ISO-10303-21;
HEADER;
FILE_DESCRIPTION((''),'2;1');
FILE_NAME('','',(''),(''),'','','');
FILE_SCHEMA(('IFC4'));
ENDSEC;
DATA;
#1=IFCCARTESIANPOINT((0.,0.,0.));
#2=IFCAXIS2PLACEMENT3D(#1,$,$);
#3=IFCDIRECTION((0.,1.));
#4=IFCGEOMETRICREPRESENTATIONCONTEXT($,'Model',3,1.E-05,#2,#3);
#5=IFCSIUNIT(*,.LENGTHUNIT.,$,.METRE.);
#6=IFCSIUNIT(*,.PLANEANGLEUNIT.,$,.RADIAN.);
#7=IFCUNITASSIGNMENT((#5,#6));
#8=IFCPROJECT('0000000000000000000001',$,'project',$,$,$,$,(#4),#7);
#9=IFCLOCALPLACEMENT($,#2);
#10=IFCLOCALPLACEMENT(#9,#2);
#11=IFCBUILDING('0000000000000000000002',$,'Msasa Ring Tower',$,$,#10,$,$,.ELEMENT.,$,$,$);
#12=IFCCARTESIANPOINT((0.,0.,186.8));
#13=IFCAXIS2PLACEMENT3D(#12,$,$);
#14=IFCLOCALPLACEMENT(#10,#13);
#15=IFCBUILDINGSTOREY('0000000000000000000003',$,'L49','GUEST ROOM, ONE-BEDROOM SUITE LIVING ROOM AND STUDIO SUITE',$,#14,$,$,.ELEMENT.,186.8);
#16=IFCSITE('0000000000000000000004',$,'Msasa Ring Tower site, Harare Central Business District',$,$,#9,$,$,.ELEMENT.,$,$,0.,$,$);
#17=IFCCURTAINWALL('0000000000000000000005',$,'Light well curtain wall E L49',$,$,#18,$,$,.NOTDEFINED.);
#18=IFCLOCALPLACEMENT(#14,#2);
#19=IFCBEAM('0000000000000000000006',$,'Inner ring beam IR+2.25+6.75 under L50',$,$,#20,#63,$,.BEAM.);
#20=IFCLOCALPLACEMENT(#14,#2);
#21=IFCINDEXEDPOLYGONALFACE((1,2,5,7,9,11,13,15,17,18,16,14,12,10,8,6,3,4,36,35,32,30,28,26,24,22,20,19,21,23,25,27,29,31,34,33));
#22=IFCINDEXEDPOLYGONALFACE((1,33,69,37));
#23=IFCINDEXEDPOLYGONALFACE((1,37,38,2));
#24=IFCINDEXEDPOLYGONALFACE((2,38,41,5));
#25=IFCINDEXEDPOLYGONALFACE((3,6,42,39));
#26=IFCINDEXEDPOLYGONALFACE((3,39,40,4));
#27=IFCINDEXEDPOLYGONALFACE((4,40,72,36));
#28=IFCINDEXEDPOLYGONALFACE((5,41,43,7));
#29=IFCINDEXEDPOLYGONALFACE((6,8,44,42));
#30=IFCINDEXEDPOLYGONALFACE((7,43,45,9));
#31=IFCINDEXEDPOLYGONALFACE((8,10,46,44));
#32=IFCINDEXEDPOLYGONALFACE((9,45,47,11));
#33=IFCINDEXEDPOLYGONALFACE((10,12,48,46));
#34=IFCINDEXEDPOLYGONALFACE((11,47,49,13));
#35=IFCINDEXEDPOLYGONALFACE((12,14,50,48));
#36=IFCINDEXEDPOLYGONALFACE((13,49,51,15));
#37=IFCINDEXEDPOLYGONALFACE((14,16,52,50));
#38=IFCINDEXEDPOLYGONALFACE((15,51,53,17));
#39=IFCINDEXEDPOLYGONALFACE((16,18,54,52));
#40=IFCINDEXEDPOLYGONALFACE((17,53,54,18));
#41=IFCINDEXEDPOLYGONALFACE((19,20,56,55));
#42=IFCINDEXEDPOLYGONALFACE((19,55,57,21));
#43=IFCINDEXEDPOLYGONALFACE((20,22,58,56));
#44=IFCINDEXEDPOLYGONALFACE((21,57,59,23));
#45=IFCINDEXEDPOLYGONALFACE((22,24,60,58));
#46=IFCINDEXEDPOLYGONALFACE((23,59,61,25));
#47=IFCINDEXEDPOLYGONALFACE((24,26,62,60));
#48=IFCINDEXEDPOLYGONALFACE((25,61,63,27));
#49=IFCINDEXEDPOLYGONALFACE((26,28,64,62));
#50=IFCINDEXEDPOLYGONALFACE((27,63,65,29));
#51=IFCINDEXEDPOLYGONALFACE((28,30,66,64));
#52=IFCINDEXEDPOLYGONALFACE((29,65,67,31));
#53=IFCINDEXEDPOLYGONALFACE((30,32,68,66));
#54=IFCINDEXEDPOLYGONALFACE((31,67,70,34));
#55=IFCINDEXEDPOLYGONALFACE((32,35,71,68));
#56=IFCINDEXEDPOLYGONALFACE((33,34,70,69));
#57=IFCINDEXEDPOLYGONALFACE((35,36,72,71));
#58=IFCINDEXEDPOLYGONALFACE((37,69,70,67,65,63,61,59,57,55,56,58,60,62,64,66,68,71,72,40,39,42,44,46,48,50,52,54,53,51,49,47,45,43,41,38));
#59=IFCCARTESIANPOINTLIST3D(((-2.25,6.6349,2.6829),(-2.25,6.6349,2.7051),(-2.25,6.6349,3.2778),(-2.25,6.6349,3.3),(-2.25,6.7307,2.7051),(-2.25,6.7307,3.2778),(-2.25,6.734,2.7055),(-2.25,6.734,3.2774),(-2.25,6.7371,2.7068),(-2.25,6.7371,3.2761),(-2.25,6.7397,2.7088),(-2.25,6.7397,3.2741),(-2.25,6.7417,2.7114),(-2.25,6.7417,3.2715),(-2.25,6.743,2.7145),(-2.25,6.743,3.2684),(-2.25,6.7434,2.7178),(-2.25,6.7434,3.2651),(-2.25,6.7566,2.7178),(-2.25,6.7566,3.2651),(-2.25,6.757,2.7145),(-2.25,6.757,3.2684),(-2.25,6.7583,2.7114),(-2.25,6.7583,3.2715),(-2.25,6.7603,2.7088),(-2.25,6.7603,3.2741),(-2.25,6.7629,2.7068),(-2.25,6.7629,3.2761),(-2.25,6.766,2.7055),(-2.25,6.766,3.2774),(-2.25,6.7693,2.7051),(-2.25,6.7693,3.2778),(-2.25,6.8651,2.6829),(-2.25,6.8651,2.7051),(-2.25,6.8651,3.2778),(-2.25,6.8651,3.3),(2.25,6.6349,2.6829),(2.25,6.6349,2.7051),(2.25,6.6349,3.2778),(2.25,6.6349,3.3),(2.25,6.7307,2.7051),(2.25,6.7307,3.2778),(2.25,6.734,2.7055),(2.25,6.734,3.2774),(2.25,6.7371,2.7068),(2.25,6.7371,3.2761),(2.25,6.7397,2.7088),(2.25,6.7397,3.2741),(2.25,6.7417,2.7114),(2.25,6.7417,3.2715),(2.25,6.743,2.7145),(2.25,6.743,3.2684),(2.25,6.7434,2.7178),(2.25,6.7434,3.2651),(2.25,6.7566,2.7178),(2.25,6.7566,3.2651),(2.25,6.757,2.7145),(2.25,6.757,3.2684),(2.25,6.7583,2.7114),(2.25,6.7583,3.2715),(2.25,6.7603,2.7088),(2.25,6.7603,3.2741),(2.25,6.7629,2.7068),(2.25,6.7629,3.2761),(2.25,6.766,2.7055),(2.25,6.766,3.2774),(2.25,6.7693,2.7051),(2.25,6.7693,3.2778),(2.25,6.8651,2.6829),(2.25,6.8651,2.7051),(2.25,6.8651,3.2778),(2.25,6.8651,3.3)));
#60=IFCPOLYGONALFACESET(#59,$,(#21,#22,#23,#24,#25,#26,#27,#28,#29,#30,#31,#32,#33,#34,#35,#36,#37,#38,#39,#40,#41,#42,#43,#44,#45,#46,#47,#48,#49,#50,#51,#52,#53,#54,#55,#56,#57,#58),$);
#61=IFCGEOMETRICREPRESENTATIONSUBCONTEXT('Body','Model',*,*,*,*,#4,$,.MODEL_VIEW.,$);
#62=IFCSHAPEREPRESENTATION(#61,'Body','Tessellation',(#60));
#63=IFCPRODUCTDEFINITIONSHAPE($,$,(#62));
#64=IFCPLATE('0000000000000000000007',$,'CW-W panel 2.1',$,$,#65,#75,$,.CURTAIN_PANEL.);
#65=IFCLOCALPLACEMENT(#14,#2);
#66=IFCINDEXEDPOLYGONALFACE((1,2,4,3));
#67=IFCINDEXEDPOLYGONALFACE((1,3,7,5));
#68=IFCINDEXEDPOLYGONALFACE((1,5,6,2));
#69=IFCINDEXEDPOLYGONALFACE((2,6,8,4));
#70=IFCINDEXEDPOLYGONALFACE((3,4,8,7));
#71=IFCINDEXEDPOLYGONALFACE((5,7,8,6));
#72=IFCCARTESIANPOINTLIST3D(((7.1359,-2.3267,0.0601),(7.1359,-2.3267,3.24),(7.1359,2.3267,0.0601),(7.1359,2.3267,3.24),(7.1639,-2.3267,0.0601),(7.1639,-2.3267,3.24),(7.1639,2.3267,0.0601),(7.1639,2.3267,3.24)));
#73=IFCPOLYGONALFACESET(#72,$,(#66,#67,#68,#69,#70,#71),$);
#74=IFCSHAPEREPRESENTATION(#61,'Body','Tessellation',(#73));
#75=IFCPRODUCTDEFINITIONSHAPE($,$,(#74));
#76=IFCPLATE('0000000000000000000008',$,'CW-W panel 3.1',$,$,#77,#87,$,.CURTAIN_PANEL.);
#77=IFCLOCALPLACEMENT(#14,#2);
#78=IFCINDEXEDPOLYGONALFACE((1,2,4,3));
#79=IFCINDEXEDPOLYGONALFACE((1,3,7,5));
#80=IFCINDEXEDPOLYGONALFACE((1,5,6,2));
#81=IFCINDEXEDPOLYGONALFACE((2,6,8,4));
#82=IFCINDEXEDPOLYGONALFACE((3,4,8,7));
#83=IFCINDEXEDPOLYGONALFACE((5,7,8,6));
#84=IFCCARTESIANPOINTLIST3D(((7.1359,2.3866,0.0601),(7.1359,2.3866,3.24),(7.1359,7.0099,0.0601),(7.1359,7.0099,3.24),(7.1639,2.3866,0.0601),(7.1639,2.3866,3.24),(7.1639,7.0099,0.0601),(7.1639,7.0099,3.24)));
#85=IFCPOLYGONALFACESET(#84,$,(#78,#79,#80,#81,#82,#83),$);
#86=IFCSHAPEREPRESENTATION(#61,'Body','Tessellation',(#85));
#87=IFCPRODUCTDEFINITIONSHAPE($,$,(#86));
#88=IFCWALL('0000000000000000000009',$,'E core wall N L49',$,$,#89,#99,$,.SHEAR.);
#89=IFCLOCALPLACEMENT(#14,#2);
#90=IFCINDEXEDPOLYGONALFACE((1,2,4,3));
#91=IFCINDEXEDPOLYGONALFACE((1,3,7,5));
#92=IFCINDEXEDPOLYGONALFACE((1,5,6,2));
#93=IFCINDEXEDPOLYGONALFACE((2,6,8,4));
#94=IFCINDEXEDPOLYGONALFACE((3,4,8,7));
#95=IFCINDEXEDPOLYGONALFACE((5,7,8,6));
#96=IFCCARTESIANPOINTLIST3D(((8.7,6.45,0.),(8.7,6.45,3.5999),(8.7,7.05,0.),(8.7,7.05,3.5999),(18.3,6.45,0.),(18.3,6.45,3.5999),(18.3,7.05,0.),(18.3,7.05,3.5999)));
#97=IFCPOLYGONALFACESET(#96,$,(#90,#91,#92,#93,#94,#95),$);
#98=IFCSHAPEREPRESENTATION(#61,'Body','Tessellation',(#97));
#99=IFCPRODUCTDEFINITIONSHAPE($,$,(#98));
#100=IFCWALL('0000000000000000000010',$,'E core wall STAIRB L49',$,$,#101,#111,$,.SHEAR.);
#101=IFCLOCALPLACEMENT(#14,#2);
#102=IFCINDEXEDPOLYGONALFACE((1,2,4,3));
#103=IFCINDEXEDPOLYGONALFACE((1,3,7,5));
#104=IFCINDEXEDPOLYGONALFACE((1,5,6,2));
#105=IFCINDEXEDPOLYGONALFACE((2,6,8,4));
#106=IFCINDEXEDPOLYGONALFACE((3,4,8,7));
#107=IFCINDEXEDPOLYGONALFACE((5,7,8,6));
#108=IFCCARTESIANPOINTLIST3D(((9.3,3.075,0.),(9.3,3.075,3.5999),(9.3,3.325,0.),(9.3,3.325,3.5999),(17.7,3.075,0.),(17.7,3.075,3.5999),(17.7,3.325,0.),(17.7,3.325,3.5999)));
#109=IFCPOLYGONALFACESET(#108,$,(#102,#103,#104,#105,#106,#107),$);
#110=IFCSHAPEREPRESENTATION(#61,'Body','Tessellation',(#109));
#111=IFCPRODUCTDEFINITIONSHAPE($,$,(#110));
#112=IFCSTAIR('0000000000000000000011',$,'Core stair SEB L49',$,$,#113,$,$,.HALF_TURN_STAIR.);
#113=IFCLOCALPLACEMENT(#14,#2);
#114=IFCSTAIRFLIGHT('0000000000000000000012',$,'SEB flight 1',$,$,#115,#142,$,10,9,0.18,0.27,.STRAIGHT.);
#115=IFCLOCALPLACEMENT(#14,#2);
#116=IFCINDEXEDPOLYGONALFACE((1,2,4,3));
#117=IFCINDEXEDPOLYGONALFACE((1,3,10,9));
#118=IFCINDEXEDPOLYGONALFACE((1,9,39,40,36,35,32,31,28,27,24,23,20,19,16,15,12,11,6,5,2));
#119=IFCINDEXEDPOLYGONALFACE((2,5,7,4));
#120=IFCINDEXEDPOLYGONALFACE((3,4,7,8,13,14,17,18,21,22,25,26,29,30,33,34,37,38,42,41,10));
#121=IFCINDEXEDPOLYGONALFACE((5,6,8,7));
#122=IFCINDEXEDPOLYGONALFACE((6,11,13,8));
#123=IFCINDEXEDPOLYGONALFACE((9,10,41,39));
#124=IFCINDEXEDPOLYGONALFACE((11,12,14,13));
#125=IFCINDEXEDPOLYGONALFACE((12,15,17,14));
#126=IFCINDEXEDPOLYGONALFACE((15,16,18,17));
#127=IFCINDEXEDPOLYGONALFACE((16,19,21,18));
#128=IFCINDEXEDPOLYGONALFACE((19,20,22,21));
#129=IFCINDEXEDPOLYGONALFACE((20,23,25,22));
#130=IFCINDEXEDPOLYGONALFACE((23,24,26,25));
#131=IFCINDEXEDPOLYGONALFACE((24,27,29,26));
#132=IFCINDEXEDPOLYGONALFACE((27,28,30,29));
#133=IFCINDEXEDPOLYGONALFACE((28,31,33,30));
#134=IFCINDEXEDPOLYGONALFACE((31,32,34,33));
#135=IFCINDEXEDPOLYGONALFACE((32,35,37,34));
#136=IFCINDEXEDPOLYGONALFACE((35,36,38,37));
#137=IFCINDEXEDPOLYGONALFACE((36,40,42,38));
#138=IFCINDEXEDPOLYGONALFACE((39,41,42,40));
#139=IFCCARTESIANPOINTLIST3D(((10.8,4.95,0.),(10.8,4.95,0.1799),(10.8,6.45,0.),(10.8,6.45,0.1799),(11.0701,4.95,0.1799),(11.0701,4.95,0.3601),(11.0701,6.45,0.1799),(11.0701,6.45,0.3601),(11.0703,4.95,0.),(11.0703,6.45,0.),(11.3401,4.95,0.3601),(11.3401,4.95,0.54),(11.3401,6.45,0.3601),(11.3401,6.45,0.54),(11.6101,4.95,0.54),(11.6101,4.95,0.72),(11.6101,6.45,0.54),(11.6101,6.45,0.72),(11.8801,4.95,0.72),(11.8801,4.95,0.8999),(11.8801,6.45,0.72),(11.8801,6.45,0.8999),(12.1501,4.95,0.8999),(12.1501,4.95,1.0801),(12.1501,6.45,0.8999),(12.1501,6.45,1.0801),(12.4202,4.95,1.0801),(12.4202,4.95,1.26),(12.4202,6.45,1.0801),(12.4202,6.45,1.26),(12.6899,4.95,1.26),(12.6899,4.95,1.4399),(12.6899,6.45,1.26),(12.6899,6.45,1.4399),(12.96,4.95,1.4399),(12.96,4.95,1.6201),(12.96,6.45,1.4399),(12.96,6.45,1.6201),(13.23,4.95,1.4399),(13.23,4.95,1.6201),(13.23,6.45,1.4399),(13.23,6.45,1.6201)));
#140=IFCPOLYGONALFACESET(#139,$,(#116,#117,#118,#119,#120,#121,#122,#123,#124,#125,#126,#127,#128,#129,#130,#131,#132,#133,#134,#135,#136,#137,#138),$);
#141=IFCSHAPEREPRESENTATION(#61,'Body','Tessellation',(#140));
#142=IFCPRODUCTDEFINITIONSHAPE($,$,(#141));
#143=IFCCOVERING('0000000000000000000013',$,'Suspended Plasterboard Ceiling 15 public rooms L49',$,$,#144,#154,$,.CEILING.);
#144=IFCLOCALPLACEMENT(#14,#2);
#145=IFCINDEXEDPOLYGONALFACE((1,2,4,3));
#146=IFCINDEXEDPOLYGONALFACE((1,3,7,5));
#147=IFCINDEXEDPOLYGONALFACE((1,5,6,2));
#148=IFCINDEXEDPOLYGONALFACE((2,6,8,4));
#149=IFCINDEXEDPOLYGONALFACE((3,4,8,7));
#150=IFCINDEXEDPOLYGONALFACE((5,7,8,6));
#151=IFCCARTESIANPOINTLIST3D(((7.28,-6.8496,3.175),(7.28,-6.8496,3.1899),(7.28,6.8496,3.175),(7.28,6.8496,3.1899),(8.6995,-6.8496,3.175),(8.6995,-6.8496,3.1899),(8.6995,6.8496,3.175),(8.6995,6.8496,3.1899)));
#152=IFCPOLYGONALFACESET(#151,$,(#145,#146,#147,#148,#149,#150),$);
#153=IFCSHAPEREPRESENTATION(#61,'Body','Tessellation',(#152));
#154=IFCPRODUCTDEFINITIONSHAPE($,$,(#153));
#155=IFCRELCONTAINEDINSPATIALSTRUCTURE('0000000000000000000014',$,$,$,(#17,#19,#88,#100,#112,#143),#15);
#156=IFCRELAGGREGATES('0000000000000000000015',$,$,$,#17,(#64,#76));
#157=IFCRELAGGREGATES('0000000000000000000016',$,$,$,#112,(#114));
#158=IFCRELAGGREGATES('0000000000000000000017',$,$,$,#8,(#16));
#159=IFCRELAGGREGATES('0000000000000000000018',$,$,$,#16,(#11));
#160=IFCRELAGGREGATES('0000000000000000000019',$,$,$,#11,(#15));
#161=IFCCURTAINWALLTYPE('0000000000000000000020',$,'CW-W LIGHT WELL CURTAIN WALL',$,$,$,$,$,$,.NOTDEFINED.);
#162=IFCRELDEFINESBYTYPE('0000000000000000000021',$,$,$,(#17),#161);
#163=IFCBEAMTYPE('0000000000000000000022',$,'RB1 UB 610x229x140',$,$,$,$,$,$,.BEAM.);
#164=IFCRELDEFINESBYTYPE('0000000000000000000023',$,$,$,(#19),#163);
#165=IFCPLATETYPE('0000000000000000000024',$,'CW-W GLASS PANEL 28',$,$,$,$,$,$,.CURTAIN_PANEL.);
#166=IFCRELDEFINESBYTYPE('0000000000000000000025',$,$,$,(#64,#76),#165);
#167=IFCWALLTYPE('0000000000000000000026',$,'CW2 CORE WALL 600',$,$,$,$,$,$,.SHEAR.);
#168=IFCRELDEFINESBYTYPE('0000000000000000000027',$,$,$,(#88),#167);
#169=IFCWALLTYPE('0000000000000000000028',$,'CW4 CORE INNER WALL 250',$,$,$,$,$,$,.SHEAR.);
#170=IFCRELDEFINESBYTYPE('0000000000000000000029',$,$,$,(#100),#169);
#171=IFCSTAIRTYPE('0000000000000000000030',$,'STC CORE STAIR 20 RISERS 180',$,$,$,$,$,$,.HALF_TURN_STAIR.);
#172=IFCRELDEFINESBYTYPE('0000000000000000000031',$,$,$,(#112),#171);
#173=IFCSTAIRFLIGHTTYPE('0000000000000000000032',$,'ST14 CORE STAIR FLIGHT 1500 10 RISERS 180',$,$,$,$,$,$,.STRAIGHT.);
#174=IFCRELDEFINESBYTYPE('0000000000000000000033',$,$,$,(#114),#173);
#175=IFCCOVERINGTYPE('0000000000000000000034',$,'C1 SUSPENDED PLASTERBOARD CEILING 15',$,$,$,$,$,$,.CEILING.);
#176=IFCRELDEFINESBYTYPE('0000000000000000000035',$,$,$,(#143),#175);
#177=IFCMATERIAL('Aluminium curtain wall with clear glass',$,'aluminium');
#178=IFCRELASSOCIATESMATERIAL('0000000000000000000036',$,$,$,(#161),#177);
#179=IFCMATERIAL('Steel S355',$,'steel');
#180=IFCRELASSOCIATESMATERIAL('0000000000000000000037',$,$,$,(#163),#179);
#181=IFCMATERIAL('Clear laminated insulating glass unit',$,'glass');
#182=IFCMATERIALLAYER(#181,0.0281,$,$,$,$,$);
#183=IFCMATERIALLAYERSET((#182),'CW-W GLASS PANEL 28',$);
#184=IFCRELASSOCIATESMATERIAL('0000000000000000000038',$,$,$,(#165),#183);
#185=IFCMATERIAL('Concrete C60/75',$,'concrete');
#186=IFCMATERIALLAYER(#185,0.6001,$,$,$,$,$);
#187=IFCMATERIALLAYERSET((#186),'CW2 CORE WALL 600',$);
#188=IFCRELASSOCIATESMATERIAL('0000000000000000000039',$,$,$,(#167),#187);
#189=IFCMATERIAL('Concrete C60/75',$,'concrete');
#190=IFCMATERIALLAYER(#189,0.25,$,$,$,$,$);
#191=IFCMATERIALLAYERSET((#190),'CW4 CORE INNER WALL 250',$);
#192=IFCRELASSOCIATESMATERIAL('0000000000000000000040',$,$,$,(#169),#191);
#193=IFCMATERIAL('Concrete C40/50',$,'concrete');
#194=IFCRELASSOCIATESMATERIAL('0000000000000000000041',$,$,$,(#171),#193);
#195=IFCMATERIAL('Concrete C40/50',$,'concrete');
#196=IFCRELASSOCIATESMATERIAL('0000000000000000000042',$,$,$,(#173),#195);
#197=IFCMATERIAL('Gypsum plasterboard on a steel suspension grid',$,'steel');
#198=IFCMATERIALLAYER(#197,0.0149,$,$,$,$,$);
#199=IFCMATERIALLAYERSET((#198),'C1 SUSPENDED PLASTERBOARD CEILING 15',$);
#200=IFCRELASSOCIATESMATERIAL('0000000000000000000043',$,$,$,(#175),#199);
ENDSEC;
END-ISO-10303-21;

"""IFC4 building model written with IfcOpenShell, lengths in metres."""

from ifc_helpers import new_model, si_unit, direction, frame, frame_2d, origin, origin_2d, place, context, subcontext, project, spatial, polyline, line, indexed_curve, rectangle, i_section, outline, extrude, material, layer, layer_set, material_profile, profile_set, type_object, element, aggregate, save


model = new_model("IFC4")

# Units and contexts
model_context = context("Model", 3, precision=1e-05, world=origin(), true_north=direction((0.0, 1.0)))
body_context = subcontext(model_context, "Body", "Model", "MODEL_VIEW")
ifc_project = project(units=[si_unit("LENGTHUNIT", "METRE"), si_unit("PLANEANGLEUNIT", "RADIAN")], contexts=[model_context])

# Site, building, storey
site_placement = place(None, origin())
site = spatial("IfcSite", under=ifc_project, at=site_placement, Name="Msasa Ring Tower site, Harare Central Business District", CompositionType="ELEMENT", RefElevation=0.0)
building_placement = place(site_placement, origin())
building = spatial("IfcBuilding", under=site, at=building_placement, Name="Msasa Ring Tower", CompositionType="ELEMENT")
storey_placement = place(building_placement, frame((0.0, 0.0, 186.8)))
storey = spatial("IfcBuildingStorey", under=building, at=storey_placement, Name="L49", Description="GUEST ROOM, ONE-BEDROOM SUITE LIVING ROOM AND STUDIO SUITE", CompositionType="ELEMENT", Elevation=186.8)

# Curtain wall
ifc_material_1 = material(Name="Aluminium curtain wall with clear glass", Category="aluminium")
curtain_wall_type = type_object("IfcCurtainWallType", Name="CW-W LIGHT WELL CURTAIN WALL", PredefinedType="NOTDEFINED", material=ifc_material_1)
curtain_wall_placement = place(storey_placement, origin())
curtain_wall = element("IfcCurtainWall", 1, at=curtain_wall_placement, inside=storey, type_object=curtain_wall_type, Name="Light well curtain wall E L49", PredefinedType="NOTDEFINED")

# Beam
ifc_material_2 = material(Name="Steel S355", Category="steel")
ifc_material_profile_1 = material_profile(ifc_material_2, i_section(OverallWidth=0.2302, OverallDepth=0.6172, WebThickness=0.0132, FlangeThickness=0.0222, FilletRadius=0.0127, at=origin_2d()), Name="UB 610x229x140")
ifc_profile_set_1 = profile_set([ifc_material_profile_1], Name="Steel S355")
beam_type = type_object("IfcBeamType", Name="RB1 UB 610x229x140", PredefinedType="BEAM", material=ifc_profile_set_1)
for number, where, z_axis, x_axis, name in (
    (2, (2.25, 6.75, 2.9915), (-1.0, 0.0, 0.0), (0.0, -1.0, 0.0), "Inner ring beam IR+2.25+6.75 under L50"),
):
    element("IfcBeam", number, at=place(storey_placement, frame(where, z_axis=z_axis, x_axis=x_axis)), inside=storey, type_object=beam_type, Name=name, PredefinedType="BEAM", context=body_context, shape_type="SweptSolid", body=[
        extrude(i_section(OverallWidth=0.2302, OverallDepth=0.6172, WebThickness=0.0132, FlangeThickness=0.0222, FilletRadius=0.0127, at=origin_2d()), origin(), (0.0, 0.0, 1.0), 4.5),
    ])

# Plates
ifc_material_3 = material(Name="Clear laminated insulating glass unit", Category="glass")
ifc_layer_1 = layer(ifc_material_3, 0.0281)
ifc_layer_set_1 = layer_set([ifc_layer_1], Name="CW-W GLASS PANEL 28")
plate_type = type_object("IfcPlateType", Name="CW-W GLASS PANEL 28", PredefinedType="CURTAIN_PANEL", material=ifc_layer_set_1)
plate_1_placement = place(storey_placement, frame((7.1499, 0.0, 0.0601), z_axis=(0.0, 0.0, 1.0), x_axis=(0.0, 1.0, 0.0)))
plate_1 = element("IfcPlate", 3, at=plate_1_placement, type_object=plate_type, Name="CW-W panel 2.1", PredefinedType="CURTAIN_PANEL", context=body_context, shape_type="SweptSolid", body=[
    extrude(rectangle(XDim=4.6533, YDim=0.0281, at=origin_2d()), origin(), (0.0, 0.0, 1.0), 3.1799),
])
plate_2_placement = place(storey_placement, frame((7.1499, 4.6982, 0.0601), z_axis=(0.0, 0.0, 1.0), x_axis=(0.0, 1.0, 0.0)))
plate_2 = element("IfcPlate", 4, at=plate_2_placement, type_object=plate_type, Name="CW-W panel 3.1", PredefinedType="CURTAIN_PANEL", context=body_context, shape_type="SweptSolid", body=[
    extrude(rectangle(XDim=4.6233, YDim=0.0281, at=origin_2d()), origin(), (0.0, 0.0, 1.0), 3.1799),
])
aggregate(curtain_wall, [plate_1, plate_2])

# Walls
ifc_material_4 = material(Name="Concrete C60/75", Category="concrete")
ifc_layer_2 = layer(ifc_material_4, 0.6001)
ifc_layer_set_2 = layer_set([ifc_layer_2], Name="CW2 CORE WALL 600")
wall_type_1 = type_object("IfcWallType", Name="CW2 CORE WALL 600", PredefinedType="SHEAR", material=ifc_layer_set_2)
wall_1_placement = place(storey_placement, frame((8.7, 6.75, 0.0), z_axis=(0.0, 0.0, 1.0), x_axis=(1.0, 0.0, 0.0)))
element("IfcWall", 5, at=wall_1_placement, inside=storey, type_object=wall_type_1, Name="E core wall N L49", PredefinedType="SHEAR", context=body_context, shape_type="SweptSolid", body=[
    extrude(rectangle(XDim=9.6001, YDim=0.6001, at=frame_2d((4.8, 0.0))), origin(), (0.0, 0.0, 1.0), 3.5999),
])
ifc_material_5 = material(Name="Concrete C60/75", Category="concrete")
ifc_layer_3 = layer(ifc_material_5, 0.25)
ifc_layer_set_3 = layer_set([ifc_layer_3], Name="CW4 CORE INNER WALL 250")
wall_type_2 = type_object("IfcWallType", Name="CW4 CORE INNER WALL 250", PredefinedType="SHEAR", material=ifc_layer_set_3)
wall_2_placement = place(storey_placement, frame((9.3, 3.2, 0.0), z_axis=(0.0, 0.0, 1.0), x_axis=(1.0, 0.0, 0.0)))
element("IfcWall", 6, at=wall_2_placement, inside=storey, type_object=wall_type_2, Name="E core wall STAIRB L49", PredefinedType="SHEAR", context=body_context, shape_type="SweptSolid", body=[
    extrude(rectangle(XDim=8.3999, YDim=0.25, at=frame_2d((4.2, 0.0))), origin(), (0.0, 0.0, 1.0), 3.5999),
])

# Stair, stair flight
ifc_material_6 = material(Name="Concrete C40/50", Category="concrete")
stair_type = type_object("IfcStairType", Name="STC CORE STAIR 20 RISERS 180", PredefinedType="HALF_TURN_STAIR", material=ifc_material_6)
stair_placement = place(storey_placement, origin())
stair = element("IfcStair", 7, at=stair_placement, inside=storey, type_object=stair_type, Name="Core stair SEB L49", PredefinedType="HALF_TURN_STAIR")
ifc_material_7 = material(Name="Concrete C40/50", Category="concrete")
stair_flight_type = type_object("IfcStairFlightType", Name="ST14 CORE STAIR FLIGHT 1500 10 RISERS 180", PredefinedType="STRAIGHT", material=ifc_material_7)
stair_flight_placement = place(storey_placement, frame((10.8, 5.7, 0.0), z_axis=(0.0, 0.0, 1.0), x_axis=(1.0, 0.0, 0.0)))
stair_flight = element("IfcStairFlight", 8, at=stair_flight_placement, type_object=stair_flight_type, Name="SEB flight 1", NumberOfRisers=10, NumberOfTreads=9, PredefinedType="STRAIGHT", RiserHeight=0.18, TreadLength=0.27, context=body_context, shape_type="SweptSolid", body=[
    extrude(outline(polyline([(0.0, 0.0), (0.0, 0.1799), (0.27, 0.1799), (0.27, 0.3601), (0.54, 0.3601), (0.54, 0.54), (0.8101, 0.54), (0.8101, 0.72), (1.0801, 0.72), (1.0801, 0.8999), (1.3501, 0.8999), (1.3501, 1.0801), (1.6201, 1.0801), (1.6201, 1.26), (1.8899, 1.26), (1.8899, 1.4399), (2.1599, 1.4399), (2.1599, 1.6201), (2.4299, 1.6201), (2.4299, 1.8), (2.4299, 1.4399), (0.2703, 0.0), (0.0, 0.0)])), frame((0.0, 0.75, 0.0), z_axis=(0.0, -1.0, 0.0), x_axis=(1.0, 0.0, 0.0)), (0.0, 0.0, 1.0), 1.5),
])
aggregate(stair, [stair_flight])

# Covering
ifc_material_8 = material(Name="Gypsum plasterboard on a steel suspension grid", Category="steel")
ifc_layer_4 = layer(ifc_material_8, 0.0149)
ifc_layer_set_4 = layer_set([ifc_layer_4], Name="C1 SUSPENDED PLASTERBOARD CEILING 15")
covering_type_1 = type_object("IfcCoveringType", Name="C1 SUSPENDED PLASTERBOARD CEILING 15", PredefinedType="CEILING", material=ifc_layer_set_4)
covering_1_placement = place(storey_placement, frame((0.0, 0.0, 3.175)))
element("IfcCovering", 9, at=covering_1_placement, inside=storey, type_object=covering_type_1, Name="Suspended Plasterboard Ceiling 15 public rooms L49", PredefinedType="CEILING", context=body_context, shape_type="SweptSolid", body=[
    extrude(outline(indexed_curve([(8.6995, 6.8496), (8.6995, -6.8496), (7.28, -6.8496), (7.28, 6.8496)], segments=[line(1, 2, 3, 4, 1)], self_intersect=False)), origin(), (0.0, 0.0, 1.0), 0.0149),
])

save(model, "model.ifc")
